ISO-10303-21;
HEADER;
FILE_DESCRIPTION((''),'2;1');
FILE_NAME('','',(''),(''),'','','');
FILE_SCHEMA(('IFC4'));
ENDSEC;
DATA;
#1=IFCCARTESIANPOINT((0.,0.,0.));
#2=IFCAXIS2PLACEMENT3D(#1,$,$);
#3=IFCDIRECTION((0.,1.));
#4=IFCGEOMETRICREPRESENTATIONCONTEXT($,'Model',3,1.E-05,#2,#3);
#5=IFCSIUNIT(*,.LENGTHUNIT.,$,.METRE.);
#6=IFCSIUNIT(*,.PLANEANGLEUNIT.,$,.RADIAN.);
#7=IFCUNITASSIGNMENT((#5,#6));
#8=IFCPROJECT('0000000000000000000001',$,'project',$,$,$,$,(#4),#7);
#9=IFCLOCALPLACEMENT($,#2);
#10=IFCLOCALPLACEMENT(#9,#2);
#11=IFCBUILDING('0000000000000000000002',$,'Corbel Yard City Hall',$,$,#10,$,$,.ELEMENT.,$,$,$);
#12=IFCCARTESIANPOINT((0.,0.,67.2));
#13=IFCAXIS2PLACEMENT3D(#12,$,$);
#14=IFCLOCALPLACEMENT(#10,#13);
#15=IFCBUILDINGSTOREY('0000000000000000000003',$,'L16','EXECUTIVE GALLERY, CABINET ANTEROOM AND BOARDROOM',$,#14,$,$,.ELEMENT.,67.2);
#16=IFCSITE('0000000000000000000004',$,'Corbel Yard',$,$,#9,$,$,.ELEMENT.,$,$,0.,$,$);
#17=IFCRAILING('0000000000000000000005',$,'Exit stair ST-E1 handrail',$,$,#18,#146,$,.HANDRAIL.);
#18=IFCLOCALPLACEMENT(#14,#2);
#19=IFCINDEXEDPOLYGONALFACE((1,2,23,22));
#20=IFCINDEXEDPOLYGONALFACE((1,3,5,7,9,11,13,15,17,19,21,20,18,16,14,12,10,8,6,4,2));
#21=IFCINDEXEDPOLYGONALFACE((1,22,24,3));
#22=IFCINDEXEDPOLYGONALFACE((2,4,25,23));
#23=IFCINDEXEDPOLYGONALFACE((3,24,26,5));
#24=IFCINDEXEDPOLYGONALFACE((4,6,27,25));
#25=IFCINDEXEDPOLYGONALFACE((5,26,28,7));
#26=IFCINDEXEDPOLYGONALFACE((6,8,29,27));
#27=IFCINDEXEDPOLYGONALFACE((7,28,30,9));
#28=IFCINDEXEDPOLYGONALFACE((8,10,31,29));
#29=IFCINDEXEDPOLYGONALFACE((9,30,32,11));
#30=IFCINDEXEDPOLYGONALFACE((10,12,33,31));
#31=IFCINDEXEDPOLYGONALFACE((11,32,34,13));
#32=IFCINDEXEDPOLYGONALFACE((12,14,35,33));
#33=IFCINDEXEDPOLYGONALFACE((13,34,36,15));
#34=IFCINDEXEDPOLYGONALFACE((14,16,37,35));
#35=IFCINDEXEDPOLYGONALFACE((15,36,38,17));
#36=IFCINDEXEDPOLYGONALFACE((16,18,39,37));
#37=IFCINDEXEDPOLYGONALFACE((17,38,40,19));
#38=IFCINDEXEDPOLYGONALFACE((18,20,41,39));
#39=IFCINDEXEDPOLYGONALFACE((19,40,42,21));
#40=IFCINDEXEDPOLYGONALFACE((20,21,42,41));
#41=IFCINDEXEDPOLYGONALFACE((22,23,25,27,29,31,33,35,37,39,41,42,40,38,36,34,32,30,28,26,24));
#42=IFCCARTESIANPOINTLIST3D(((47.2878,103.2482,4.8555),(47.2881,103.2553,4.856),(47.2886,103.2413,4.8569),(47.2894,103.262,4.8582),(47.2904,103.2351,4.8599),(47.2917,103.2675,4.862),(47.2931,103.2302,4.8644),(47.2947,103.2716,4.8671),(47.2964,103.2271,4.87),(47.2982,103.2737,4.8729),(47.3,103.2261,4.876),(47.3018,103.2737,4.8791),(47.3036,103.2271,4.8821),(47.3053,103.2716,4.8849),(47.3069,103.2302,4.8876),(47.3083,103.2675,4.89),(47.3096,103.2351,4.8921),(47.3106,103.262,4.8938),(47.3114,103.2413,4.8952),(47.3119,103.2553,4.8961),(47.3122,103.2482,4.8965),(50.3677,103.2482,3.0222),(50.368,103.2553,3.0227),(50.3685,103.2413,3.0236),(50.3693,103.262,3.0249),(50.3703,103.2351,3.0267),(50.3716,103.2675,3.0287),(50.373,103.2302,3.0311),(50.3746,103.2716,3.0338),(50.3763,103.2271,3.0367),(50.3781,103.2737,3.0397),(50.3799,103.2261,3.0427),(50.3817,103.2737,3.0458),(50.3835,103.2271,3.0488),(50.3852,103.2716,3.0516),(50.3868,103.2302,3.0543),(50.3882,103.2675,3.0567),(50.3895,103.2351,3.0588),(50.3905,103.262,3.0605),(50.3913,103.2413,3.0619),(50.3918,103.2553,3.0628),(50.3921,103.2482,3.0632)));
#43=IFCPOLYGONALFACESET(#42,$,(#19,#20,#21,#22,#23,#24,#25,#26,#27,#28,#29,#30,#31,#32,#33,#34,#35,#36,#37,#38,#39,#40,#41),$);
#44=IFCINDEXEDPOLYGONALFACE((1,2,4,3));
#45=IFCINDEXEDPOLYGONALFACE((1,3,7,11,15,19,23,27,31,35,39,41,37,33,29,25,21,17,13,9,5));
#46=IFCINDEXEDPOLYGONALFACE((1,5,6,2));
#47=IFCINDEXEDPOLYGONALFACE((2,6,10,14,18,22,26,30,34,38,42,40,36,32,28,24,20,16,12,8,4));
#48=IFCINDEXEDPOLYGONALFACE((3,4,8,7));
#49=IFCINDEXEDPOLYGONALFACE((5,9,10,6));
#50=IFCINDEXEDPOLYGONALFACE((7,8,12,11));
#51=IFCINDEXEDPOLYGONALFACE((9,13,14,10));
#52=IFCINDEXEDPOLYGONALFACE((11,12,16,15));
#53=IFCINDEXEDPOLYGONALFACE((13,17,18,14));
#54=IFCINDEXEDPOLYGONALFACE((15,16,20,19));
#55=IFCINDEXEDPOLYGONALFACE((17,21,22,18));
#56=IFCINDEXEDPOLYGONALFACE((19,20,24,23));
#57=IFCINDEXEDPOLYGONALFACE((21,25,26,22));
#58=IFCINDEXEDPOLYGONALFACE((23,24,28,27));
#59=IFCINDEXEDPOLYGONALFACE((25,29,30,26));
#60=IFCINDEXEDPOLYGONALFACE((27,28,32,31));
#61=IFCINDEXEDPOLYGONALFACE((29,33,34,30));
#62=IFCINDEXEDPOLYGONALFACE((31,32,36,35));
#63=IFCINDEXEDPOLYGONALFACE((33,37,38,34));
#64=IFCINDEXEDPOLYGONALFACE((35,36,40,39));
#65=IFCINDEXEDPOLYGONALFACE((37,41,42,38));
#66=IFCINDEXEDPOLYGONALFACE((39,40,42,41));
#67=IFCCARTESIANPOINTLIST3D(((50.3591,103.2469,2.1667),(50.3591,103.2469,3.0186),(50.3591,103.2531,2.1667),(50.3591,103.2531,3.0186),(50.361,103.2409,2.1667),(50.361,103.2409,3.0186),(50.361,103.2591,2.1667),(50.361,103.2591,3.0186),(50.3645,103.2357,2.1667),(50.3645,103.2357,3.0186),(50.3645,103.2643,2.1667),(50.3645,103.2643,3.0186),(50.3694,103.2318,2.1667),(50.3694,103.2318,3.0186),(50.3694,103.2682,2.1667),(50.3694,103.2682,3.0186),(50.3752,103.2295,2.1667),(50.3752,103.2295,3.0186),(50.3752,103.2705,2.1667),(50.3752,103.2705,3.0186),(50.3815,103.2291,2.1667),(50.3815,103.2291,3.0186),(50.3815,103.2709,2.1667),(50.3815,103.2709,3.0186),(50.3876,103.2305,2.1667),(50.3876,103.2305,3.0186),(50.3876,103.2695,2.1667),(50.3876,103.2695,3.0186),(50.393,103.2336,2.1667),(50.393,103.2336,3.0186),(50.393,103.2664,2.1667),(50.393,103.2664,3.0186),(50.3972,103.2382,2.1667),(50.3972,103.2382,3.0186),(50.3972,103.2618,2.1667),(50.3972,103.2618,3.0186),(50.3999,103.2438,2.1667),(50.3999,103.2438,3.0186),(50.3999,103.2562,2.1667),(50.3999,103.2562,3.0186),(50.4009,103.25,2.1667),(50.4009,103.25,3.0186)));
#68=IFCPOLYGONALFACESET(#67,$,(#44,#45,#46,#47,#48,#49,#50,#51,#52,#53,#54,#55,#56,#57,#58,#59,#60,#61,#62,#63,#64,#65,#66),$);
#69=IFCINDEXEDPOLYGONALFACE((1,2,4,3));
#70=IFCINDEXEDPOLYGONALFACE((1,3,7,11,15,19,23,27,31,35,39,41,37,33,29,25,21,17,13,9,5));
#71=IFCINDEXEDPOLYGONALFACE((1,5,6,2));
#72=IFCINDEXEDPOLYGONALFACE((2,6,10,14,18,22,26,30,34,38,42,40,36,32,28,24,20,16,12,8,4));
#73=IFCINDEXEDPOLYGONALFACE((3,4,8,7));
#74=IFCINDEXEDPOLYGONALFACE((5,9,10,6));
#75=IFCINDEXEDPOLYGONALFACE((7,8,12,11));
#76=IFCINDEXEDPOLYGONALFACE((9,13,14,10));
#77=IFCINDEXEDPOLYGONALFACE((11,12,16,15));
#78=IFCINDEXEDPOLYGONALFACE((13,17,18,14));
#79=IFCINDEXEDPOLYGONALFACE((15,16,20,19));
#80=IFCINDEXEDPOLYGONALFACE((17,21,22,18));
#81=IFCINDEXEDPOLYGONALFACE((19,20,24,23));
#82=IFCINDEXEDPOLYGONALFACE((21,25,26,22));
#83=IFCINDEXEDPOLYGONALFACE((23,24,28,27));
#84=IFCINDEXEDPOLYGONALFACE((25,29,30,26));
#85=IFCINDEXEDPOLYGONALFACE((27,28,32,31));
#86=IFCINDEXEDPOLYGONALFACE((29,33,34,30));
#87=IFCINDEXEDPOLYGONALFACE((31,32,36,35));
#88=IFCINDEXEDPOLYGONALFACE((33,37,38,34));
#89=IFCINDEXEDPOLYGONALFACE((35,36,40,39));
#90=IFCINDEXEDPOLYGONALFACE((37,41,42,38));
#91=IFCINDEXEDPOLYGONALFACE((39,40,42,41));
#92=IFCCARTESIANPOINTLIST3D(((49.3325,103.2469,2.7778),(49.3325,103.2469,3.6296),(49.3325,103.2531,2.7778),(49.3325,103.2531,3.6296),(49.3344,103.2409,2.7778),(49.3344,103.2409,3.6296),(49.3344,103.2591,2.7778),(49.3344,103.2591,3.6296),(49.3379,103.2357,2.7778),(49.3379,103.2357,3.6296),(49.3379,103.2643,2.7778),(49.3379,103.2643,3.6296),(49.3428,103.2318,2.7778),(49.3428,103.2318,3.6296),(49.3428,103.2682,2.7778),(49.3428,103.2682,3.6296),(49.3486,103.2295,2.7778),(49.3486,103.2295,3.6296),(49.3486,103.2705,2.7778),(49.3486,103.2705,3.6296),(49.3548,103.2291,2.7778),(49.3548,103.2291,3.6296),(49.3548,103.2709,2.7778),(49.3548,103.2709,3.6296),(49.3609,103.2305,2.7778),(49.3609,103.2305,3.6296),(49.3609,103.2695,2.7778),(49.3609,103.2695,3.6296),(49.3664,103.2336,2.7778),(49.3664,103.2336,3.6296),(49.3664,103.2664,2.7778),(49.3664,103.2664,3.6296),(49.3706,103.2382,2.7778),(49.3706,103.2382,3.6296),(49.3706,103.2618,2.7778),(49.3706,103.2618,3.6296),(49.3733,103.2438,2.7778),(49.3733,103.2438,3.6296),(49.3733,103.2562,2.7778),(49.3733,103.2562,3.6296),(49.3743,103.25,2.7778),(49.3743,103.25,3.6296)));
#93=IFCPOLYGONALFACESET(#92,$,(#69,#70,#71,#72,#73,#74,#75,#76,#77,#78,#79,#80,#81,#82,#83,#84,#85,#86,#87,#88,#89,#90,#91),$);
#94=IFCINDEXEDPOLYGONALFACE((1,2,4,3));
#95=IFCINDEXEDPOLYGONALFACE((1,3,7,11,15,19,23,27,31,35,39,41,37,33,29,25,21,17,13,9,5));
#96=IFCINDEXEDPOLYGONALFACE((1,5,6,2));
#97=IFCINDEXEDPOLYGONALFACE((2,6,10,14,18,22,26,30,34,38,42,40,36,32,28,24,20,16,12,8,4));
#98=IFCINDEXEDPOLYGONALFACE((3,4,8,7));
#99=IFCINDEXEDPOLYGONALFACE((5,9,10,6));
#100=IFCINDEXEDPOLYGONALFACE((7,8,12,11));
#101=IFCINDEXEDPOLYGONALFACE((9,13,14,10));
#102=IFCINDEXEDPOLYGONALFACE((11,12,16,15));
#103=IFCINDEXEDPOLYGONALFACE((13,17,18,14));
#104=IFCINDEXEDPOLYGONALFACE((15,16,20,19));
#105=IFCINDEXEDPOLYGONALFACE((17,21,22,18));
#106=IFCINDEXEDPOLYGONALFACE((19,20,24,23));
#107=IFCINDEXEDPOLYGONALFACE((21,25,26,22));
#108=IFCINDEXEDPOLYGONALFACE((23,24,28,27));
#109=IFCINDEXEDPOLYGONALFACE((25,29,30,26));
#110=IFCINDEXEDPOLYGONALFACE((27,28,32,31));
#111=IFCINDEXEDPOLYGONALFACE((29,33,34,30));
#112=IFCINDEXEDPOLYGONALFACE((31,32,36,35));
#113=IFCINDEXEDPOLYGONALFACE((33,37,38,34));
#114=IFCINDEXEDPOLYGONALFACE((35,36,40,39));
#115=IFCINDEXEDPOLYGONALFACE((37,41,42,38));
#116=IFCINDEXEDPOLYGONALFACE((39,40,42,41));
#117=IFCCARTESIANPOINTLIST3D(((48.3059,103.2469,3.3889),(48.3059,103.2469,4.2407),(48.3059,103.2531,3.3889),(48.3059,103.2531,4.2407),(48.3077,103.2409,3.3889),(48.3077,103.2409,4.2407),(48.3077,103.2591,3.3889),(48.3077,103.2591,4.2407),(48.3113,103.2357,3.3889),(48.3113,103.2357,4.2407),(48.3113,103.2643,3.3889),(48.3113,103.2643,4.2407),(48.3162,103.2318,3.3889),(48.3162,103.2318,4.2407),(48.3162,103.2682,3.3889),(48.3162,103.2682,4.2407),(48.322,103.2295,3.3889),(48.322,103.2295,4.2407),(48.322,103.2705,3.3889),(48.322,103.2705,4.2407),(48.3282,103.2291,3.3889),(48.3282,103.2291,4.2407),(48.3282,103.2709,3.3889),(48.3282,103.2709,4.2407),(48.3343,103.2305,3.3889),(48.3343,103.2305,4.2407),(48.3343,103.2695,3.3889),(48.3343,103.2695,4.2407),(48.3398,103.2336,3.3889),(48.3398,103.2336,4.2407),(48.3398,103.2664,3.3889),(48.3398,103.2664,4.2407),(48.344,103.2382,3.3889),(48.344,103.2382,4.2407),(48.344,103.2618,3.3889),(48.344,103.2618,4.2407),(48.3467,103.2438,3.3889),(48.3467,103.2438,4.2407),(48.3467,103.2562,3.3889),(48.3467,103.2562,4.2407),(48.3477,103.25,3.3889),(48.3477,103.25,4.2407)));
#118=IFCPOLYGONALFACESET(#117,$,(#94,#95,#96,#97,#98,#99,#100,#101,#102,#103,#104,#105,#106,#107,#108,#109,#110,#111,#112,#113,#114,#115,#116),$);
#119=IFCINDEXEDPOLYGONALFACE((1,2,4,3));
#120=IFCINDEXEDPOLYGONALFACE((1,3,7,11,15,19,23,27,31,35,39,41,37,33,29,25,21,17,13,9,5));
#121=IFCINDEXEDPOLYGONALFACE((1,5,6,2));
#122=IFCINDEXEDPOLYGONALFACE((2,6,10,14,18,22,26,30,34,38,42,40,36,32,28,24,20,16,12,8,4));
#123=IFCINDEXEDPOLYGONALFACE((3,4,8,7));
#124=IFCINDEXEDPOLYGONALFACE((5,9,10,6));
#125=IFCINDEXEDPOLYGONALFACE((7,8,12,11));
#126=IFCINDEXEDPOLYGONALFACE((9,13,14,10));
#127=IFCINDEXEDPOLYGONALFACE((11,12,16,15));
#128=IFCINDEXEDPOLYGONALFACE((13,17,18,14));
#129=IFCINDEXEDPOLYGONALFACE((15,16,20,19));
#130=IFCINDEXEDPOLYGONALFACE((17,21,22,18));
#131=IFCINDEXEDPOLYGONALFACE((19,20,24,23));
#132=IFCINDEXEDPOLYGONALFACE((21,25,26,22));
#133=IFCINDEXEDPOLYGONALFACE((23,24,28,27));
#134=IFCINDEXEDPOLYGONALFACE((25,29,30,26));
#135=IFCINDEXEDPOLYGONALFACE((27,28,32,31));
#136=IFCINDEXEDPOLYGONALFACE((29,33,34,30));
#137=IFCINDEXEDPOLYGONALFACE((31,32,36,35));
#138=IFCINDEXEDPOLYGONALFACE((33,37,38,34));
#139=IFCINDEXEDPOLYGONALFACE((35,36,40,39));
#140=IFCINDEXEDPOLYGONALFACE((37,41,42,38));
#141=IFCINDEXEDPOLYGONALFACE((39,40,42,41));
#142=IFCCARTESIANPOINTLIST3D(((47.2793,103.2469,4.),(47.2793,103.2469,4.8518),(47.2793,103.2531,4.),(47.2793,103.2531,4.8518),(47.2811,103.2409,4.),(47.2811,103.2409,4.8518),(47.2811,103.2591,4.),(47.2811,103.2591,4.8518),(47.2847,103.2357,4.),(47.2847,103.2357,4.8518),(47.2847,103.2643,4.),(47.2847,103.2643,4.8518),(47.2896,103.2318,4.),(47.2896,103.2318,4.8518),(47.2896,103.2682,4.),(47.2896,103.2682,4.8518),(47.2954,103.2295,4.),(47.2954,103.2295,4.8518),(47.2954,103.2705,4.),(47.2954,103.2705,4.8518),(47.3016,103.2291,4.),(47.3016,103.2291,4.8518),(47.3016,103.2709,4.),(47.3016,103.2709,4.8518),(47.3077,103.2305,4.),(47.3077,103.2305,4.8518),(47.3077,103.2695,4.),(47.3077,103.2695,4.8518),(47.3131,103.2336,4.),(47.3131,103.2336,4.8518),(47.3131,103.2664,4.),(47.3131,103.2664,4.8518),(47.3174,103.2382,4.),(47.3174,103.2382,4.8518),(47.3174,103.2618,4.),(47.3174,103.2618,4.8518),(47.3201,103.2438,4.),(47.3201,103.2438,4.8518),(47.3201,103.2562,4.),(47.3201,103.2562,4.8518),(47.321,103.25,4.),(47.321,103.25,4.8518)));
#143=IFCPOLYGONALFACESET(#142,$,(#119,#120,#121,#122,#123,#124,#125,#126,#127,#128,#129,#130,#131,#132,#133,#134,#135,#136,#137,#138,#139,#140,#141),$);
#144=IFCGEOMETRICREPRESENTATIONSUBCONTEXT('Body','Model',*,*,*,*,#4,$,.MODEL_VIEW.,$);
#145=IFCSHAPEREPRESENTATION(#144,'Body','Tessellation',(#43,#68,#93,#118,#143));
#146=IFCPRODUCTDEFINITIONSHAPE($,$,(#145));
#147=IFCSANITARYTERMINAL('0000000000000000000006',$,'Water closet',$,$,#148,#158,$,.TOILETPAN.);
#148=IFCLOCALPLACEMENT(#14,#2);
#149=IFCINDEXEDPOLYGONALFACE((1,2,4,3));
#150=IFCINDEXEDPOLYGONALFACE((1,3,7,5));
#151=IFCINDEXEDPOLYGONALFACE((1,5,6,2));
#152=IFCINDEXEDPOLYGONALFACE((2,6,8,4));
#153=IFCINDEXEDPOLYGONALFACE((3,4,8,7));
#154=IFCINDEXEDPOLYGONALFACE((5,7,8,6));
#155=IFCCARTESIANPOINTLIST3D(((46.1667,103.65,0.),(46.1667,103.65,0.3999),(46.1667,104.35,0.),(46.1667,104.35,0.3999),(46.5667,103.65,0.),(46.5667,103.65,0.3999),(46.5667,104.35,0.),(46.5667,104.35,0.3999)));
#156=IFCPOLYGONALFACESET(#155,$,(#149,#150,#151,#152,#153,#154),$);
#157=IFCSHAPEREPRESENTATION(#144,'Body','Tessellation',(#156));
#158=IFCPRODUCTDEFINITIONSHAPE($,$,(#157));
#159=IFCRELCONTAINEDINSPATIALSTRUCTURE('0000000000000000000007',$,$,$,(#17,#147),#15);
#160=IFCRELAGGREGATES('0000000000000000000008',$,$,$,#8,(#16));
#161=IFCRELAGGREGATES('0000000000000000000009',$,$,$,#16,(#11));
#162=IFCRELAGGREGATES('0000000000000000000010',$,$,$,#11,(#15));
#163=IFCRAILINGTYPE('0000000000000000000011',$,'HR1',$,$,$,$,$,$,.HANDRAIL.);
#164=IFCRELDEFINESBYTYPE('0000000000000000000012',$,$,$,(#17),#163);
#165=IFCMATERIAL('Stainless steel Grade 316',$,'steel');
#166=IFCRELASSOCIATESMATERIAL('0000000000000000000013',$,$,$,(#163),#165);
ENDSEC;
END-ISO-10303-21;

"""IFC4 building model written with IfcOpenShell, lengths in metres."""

from ifc_helpers import new_model, si_unit, direction, frame, origin, origin_2d, place, context, subcontext, project, spatial, rectangle, circle, extrude, material, type_object, element, save


model = new_model("IFC4")

# Units and contexts
model_context = context("Model", 3, precision=1e-05, world=origin(), true_north=direction((0.0, 1.0)))
body_context = subcontext(model_context, "Body", "Model", "MODEL_VIEW")
ifc_project = project(units=[si_unit("LENGTHUNIT", "METRE"), si_unit("PLANEANGLEUNIT", "RADIAN")], contexts=[model_context])

# Site, building, storey
site_placement = place(None, origin())
site = spatial("IfcSite", under=ifc_project, at=site_placement, Name="Corbel Yard", CompositionType="ELEMENT", RefElevation=0.0)
building_placement = place(site_placement, origin())
building = spatial("IfcBuilding", under=site, at=building_placement, Name="Corbel Yard City Hall", CompositionType="ELEMENT")
storey_placement = place(building_placement, frame((0.0, 0.0, 67.2)))
storey = spatial("IfcBuildingStorey", under=building, at=storey_placement, Name="L16", Description="EXECUTIVE GALLERY, CABINET ANTEROOM AND BOARDROOM", CompositionType="ELEMENT", Elevation=67.2)

# Railing
ifc_material_1 = material(Name="Stainless steel Grade 316", Category="steel")
railing_type = type_object("IfcRailingType", Name="HR1", PredefinedType="HANDRAIL", material=ifc_material_1)
for number, where, name in (
    (1, (50.3799, 103.25, 2.1667), "Exit stair ST-E1 handrail"),
):
    element("IfcRailing", number, at=place(storey_placement, frame(where)), inside=storey, type_object=railing_type, Name=name, PredefinedType="HANDRAIL", context=body_context, shape_type="SweptSolid", body=[
        extrude(circle(Radius=0.0239, at=origin_2d()), frame((0.0, 0.0, 0.876), z_axis=(-0.859291, 0.0, 0.511487), x_axis=(0.0, -1.0, 0.0)), (0.0, 0.0, 1.0), 3.5842),
        extrude(circle(Radius=0.021, at=origin_2d()), origin(), (0.0, 0.0, 1.0), 0.8518),
        extrude(circle(Radius=0.021, at=origin_2d()), frame((-1.0266, 0.0, 0.6111)), (0.0, 0.0, 1.0), 0.8518),
        extrude(circle(Radius=0.021, at=origin_2d()), frame((-2.0532, 0.0, 1.2222)), (0.0, 0.0, 1.0), 0.8518),
        extrude(circle(Radius=0.021, at=origin_2d()), frame((-3.0798, 0.0, 1.8333)), (0.0, 0.0, 1.0), 0.8518),
    ])

# Sanitary terminal
sanitary_terminal_placement = place(storey_placement, frame((46.3667, 104.0, 0.0), z_axis=(0.0, 0.0, 1.0), x_axis=(1.0, 0.0, 0.0)))
element("IfcSanitaryTerminal", 2, at=sanitary_terminal_placement, inside=storey, Name="Water closet", PredefinedType="TOILETPAN", context=body_context, shape_type="SweptSolid", body=[
    extrude(rectangle(XDim=0.3999, YDim=0.7, at=origin_2d()), origin(), (0.0, 0.0, 1.0), 0.3999),
])

save(model, "model.ifc")
